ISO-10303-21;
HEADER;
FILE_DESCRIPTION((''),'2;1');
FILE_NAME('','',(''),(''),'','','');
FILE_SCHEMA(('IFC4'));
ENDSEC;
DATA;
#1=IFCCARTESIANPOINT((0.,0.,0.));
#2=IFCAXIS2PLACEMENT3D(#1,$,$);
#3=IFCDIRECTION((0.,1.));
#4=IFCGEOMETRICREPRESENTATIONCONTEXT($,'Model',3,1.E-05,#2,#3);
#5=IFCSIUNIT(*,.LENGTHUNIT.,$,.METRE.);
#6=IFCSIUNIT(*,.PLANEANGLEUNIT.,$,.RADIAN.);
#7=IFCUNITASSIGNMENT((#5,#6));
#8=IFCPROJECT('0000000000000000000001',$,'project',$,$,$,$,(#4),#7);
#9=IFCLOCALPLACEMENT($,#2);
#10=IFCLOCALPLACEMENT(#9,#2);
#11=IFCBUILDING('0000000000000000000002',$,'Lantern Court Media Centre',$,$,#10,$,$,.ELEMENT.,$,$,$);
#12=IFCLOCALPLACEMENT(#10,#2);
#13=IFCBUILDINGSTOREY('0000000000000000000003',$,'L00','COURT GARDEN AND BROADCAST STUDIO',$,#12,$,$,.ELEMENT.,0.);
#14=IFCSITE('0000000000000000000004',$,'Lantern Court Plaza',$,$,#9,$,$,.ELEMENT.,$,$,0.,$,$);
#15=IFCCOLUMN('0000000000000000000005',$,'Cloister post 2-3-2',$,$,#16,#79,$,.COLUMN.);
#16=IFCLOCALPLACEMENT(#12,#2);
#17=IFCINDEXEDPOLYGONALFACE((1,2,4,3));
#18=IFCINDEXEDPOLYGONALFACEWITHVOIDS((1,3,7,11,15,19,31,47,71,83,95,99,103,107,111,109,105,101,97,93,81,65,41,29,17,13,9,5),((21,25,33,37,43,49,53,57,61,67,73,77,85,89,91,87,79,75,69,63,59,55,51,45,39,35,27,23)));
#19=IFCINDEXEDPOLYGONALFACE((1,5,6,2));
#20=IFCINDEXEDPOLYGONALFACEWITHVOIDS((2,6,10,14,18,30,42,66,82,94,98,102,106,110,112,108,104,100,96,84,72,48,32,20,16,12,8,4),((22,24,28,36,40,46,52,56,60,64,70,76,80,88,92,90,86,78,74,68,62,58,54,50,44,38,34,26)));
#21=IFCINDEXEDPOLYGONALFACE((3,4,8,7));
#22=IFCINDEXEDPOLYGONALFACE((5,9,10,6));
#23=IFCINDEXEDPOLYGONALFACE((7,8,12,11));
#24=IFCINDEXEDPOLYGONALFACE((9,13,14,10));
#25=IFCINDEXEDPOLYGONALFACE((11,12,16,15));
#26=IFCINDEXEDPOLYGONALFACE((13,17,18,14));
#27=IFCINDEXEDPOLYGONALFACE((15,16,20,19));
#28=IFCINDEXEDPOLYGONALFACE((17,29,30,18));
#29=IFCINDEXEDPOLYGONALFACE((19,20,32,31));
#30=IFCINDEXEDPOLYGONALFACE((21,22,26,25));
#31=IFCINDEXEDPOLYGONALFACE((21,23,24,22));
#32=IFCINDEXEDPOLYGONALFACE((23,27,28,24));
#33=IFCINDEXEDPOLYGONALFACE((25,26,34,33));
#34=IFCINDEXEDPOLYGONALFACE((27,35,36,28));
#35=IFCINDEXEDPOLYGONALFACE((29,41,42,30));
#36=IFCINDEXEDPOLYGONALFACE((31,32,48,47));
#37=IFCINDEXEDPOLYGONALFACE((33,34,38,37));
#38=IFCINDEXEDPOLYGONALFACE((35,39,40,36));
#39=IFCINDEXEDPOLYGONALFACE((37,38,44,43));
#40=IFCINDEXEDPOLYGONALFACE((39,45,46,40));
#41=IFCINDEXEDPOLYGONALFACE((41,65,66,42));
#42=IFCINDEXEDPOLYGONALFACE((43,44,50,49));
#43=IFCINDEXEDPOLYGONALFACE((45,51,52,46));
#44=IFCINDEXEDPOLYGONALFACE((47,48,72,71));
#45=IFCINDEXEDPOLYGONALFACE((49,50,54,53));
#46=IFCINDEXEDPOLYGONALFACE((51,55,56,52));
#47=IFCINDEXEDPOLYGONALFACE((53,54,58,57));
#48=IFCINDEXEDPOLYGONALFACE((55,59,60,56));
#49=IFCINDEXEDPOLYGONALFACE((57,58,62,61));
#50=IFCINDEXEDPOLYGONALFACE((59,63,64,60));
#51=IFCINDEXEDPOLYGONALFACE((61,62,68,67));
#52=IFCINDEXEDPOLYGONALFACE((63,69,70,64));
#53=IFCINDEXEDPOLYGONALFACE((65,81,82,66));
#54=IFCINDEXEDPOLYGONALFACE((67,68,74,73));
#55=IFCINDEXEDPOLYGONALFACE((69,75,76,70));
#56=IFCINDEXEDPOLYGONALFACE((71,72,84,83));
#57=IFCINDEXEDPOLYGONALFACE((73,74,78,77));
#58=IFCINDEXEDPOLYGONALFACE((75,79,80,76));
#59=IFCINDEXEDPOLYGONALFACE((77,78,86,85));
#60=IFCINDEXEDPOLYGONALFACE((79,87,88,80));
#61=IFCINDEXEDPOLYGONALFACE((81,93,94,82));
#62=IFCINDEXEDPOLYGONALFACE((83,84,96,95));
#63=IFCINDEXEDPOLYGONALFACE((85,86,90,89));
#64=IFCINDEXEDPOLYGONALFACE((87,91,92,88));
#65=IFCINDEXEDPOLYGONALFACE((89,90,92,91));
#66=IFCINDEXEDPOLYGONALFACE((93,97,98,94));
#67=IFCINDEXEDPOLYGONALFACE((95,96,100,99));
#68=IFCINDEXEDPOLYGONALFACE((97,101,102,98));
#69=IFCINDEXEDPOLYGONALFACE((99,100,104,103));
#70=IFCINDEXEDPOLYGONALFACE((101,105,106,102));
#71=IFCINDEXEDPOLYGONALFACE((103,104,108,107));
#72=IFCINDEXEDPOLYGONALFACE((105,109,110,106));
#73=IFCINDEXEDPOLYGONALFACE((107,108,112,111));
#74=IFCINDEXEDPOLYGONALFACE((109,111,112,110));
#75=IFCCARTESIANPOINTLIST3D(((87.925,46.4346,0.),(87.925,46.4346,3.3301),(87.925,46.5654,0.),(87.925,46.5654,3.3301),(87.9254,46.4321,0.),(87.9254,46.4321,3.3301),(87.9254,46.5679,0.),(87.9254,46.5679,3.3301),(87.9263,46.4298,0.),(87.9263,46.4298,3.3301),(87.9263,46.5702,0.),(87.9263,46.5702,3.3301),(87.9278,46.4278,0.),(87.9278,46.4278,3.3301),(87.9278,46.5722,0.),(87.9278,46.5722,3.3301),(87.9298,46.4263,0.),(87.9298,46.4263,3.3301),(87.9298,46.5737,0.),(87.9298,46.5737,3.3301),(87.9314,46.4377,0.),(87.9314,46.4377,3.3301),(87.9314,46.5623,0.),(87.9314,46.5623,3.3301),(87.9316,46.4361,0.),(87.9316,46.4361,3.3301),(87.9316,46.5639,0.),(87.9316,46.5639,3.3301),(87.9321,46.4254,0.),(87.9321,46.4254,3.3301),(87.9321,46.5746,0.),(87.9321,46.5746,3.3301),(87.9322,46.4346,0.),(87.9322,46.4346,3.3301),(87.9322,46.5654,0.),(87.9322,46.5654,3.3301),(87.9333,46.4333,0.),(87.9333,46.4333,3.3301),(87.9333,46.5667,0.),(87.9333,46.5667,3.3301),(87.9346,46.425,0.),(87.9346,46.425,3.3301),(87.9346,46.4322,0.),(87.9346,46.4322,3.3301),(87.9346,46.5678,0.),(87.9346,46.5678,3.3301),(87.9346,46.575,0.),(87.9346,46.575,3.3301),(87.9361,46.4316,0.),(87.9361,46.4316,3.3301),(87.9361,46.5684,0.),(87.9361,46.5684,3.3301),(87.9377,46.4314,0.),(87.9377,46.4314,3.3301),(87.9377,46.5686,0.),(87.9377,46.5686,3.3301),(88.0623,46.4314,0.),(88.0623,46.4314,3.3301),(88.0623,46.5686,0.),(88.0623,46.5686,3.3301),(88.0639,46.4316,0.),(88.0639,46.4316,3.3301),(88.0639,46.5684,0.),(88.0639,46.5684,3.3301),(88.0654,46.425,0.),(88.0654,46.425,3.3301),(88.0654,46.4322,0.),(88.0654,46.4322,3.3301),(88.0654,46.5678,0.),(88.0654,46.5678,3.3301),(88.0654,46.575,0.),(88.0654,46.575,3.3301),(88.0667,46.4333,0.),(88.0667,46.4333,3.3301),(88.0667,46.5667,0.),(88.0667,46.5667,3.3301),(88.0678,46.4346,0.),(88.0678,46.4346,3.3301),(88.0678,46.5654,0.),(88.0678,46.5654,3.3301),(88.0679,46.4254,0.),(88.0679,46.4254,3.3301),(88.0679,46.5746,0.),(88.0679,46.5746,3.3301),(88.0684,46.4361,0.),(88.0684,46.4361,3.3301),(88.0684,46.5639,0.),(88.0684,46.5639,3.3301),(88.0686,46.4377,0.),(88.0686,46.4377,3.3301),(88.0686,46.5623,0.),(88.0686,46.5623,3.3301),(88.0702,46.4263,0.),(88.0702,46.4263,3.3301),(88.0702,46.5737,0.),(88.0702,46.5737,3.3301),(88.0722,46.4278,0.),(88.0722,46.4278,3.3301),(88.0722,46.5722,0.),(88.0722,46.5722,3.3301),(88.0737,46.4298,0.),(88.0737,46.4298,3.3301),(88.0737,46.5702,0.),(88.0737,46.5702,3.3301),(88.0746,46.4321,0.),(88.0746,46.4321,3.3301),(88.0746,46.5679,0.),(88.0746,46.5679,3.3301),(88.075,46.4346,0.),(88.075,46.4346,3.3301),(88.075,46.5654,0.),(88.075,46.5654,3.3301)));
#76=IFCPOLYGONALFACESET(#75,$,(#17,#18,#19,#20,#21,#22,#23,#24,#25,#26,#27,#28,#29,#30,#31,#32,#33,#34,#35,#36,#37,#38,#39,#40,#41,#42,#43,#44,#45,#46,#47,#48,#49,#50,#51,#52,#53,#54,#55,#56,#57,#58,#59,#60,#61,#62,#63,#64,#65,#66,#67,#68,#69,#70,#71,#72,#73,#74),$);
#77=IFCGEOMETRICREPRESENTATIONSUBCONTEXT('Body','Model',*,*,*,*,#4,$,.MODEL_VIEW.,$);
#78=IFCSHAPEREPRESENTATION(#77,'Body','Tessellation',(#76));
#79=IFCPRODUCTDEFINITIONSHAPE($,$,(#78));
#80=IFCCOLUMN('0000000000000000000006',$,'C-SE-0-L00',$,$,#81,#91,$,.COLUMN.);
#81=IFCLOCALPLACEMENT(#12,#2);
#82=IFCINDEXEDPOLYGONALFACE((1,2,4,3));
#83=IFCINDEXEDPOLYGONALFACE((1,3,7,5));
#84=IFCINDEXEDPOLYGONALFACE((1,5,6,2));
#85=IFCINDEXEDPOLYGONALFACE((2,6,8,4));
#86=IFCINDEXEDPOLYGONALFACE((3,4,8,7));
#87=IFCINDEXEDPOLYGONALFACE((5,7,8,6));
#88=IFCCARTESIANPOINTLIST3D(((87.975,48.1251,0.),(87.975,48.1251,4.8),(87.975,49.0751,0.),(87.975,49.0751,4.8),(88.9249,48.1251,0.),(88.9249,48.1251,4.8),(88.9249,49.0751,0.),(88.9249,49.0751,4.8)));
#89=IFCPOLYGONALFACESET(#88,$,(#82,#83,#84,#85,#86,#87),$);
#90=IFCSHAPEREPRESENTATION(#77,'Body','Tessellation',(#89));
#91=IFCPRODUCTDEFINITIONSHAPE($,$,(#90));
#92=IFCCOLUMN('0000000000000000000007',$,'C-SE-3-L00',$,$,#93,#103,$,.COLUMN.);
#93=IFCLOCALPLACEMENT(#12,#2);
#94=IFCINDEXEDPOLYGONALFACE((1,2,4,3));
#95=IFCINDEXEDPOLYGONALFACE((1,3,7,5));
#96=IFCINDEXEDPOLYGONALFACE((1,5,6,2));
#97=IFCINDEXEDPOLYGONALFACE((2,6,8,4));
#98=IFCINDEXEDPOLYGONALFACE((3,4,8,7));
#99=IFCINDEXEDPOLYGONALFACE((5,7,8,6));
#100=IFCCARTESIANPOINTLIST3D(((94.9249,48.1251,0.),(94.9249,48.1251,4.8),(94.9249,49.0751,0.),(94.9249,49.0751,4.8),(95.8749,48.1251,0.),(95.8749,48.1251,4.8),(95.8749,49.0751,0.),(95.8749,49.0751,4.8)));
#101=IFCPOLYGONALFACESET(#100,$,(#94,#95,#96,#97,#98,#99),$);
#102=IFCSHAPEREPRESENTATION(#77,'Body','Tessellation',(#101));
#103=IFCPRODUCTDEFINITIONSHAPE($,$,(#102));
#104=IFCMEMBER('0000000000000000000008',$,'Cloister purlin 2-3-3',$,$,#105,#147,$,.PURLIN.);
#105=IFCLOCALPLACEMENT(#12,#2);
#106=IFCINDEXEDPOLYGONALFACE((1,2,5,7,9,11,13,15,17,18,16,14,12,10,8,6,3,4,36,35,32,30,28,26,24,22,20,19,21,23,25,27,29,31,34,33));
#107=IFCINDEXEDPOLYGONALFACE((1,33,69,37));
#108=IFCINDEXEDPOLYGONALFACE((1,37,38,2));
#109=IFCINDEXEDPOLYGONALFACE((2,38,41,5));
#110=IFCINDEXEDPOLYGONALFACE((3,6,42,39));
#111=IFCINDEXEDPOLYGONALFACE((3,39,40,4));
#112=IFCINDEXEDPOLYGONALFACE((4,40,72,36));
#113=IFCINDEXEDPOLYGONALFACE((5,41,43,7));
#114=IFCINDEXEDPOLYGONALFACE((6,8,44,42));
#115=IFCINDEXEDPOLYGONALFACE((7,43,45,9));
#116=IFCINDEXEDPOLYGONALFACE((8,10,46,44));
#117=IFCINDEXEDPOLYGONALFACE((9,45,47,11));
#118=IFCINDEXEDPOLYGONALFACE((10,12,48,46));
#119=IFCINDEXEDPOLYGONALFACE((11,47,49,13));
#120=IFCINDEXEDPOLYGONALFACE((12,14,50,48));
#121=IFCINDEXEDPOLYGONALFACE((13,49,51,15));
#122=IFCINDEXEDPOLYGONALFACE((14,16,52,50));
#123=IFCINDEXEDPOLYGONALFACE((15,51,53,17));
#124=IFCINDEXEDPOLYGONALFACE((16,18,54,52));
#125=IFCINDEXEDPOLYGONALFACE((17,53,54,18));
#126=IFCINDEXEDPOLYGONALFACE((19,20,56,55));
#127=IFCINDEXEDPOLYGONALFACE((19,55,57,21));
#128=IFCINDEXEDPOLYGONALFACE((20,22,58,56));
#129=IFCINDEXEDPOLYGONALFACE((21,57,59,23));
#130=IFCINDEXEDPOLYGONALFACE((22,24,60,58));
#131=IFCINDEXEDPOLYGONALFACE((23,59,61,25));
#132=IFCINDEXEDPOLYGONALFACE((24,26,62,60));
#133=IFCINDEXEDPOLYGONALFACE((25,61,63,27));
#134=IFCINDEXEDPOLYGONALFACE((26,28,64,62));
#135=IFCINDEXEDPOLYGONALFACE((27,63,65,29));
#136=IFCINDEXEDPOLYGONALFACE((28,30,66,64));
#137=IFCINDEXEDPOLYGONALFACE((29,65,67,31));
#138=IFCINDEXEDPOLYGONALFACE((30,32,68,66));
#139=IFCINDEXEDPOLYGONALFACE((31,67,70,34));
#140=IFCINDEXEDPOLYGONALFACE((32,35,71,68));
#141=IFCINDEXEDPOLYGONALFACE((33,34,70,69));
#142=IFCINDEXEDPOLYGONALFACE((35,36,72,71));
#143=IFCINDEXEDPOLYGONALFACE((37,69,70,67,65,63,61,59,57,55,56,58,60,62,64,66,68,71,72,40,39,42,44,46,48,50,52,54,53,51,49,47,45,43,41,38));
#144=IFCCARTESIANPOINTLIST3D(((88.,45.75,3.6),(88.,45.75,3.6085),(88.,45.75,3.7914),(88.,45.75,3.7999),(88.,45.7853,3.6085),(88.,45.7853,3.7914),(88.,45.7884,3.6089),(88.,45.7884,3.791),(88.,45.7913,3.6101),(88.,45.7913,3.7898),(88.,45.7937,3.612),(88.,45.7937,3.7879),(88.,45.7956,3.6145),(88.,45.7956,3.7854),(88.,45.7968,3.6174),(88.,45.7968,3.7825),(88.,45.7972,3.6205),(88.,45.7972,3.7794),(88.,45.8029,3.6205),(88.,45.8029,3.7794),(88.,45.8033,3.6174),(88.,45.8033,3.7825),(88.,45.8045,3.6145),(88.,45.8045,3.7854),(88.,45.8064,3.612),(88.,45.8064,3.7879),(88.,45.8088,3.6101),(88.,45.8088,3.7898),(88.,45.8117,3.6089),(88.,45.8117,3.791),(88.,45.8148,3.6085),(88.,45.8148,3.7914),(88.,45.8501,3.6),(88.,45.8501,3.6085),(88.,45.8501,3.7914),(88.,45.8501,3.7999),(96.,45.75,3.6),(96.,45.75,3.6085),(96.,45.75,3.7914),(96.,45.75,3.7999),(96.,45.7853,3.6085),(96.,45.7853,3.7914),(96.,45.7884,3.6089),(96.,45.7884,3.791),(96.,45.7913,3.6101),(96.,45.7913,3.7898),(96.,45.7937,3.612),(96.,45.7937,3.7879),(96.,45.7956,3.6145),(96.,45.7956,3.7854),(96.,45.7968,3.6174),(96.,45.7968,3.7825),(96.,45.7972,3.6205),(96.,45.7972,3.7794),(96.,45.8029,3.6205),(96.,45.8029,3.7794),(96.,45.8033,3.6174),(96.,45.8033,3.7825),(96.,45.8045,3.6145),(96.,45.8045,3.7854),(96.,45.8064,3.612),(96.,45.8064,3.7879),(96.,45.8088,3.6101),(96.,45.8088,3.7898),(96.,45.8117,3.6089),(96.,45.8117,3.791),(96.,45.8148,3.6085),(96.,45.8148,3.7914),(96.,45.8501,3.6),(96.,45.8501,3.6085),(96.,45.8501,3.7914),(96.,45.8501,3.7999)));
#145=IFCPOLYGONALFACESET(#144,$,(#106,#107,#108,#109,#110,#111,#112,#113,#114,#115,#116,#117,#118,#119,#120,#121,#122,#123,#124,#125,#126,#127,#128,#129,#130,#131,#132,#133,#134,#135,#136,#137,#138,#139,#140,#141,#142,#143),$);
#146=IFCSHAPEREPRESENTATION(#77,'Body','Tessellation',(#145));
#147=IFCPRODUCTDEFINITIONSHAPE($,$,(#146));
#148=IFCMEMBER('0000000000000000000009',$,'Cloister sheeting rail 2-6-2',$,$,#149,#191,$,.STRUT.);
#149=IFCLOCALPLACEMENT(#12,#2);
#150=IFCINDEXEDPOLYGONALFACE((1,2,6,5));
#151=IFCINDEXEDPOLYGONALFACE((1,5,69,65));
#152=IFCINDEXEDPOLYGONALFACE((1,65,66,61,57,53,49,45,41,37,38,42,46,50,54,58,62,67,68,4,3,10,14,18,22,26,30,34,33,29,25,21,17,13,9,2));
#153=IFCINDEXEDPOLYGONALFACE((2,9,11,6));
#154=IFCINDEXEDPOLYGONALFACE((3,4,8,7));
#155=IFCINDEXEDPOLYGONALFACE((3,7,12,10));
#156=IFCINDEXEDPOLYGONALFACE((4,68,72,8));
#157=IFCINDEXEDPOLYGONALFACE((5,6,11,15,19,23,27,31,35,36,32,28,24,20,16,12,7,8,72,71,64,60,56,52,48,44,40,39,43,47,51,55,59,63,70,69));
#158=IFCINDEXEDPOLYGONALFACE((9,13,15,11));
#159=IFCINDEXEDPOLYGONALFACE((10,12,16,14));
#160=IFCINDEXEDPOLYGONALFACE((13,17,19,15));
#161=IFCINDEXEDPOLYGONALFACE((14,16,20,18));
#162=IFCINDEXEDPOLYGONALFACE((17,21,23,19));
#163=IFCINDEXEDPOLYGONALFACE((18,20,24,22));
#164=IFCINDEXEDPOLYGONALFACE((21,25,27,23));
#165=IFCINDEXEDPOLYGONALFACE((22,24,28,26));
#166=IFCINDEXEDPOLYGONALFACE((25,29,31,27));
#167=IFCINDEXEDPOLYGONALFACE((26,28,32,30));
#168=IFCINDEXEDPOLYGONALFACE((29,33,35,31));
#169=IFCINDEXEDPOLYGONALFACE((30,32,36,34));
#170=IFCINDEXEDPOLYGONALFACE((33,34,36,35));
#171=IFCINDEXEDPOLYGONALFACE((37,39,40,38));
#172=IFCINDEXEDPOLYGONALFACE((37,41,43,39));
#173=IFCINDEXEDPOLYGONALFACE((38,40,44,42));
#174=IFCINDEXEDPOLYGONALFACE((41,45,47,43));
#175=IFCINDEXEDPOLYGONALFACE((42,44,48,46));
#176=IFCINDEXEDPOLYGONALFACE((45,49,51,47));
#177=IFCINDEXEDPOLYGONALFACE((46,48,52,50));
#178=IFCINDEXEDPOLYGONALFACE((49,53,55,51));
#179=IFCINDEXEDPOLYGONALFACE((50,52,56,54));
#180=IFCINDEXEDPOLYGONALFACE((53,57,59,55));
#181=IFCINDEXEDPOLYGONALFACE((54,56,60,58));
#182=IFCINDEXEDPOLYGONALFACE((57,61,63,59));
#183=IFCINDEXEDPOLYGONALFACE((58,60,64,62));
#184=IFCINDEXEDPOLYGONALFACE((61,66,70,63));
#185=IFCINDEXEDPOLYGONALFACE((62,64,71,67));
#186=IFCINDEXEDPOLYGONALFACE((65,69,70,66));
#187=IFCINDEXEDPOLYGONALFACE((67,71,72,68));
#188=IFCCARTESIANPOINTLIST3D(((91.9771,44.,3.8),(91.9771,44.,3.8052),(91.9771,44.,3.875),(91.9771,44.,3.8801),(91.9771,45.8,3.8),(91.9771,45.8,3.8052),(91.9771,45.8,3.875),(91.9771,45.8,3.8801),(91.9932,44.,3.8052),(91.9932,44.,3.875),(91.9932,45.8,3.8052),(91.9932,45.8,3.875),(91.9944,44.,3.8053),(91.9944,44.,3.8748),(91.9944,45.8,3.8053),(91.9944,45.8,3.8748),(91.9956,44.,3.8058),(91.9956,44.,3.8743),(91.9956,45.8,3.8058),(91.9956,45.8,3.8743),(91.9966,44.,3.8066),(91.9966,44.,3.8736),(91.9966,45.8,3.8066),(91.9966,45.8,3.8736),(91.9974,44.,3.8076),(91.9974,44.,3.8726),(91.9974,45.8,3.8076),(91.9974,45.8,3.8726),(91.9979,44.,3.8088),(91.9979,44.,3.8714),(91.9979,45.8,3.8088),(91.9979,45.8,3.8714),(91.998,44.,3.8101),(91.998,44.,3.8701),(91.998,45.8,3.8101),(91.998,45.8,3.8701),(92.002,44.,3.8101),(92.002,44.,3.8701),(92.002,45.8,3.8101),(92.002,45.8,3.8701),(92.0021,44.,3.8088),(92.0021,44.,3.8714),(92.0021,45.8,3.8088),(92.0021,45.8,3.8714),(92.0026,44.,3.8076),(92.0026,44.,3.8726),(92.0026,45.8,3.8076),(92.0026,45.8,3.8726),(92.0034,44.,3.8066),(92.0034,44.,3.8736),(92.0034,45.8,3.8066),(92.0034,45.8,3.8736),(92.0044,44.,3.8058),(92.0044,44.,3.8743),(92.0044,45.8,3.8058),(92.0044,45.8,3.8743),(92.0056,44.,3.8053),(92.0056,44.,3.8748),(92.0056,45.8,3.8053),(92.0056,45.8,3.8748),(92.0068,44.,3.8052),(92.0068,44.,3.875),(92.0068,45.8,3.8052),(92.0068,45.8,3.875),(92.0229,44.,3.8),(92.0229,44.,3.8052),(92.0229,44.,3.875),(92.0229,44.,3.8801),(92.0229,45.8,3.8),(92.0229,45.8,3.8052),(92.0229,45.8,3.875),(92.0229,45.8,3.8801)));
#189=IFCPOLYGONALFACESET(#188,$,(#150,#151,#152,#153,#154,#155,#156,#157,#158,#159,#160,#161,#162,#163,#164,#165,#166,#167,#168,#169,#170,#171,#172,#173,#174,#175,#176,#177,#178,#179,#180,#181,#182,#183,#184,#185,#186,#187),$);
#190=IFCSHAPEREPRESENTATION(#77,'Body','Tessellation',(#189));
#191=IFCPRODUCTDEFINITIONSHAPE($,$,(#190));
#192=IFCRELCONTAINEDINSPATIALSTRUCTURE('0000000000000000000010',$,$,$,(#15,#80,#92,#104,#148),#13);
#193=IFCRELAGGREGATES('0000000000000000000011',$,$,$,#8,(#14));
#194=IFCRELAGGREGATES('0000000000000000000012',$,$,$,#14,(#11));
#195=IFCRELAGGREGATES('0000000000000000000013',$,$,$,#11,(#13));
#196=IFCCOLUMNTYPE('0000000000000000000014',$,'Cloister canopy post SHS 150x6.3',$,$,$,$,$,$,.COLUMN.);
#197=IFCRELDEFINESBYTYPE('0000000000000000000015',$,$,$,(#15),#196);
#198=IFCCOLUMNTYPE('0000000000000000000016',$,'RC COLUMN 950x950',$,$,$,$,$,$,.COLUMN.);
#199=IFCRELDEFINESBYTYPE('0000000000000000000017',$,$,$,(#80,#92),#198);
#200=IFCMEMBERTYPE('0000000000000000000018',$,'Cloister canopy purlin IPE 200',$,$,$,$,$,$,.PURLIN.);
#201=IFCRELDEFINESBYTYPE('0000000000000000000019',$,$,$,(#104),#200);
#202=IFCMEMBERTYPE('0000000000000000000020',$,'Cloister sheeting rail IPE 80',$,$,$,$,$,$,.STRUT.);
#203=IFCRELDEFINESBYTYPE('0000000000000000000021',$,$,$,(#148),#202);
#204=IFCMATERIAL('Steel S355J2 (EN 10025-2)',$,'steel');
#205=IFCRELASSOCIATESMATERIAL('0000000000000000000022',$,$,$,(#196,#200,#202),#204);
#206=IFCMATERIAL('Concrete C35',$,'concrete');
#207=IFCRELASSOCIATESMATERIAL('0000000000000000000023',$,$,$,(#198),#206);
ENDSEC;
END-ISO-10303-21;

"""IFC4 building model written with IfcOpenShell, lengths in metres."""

from ifc_helpers import new_model, si_unit, direction, frame, origin, origin_2d, place, context, subcontext, project, spatial, rectangle, hollow_rectangle, i_section, extrude, material, material_profile, profile_set, type_object, element, save


model = new_model("IFC4")

# Units and contexts
model_context = context("Model", 3, precision=1e-05, world=origin(), true_north=direction((0.0, 1.0)))
body_context = subcontext(model_context, "Body", "Model", "MODEL_VIEW")
ifc_project = project(units=[si_unit("LENGTHUNIT", "METRE"), si_unit("PLANEANGLEUNIT", "RADIAN")], contexts=[model_context])

# Site, building, storey
site_placement = place(None, origin())
site = spatial("IfcSite", under=ifc_project, at=site_placement, Name="Lantern Court Plaza", CompositionType="ELEMENT", RefElevation=0.0)
building_placement = place(site_placement, origin())
building = spatial("IfcBuilding", under=site, at=building_placement, Name="Lantern Court Media Centre", CompositionType="ELEMENT")
storey_placement = place(building_placement, origin())
storey = spatial("IfcBuildingStorey", under=building, at=storey_placement, Name="L00", Description="COURT GARDEN AND BROADCAST STUDIO", CompositionType="ELEMENT", Elevation=0.0)

# Columns
ifc_material_1 = material(Name="Steel S355J2 (EN 10025-2)", Category="steel")
ifc_material_profile_1 = material_profile(ifc_material_1, hollow_rectangle(XDim=0.1499, YDim=0.1499, WallThickness=0.0063, InnerFilletRadius=0.0063, OuterFilletRadius=0.0095, at=origin_2d()), Name="Cloister canopy post SHS 150x6.3")
ifc_profile_set_1 = profile_set([ifc_material_profile_1], Name="Steel S355J2 (EN 10025-2)")
column_type_1 = type_object("IfcColumnType", Name="Cloister canopy post SHS 150x6.3", PredefinedType="COLUMN", material=ifc_profile_set_1)
column_placement = place(storey_placement, frame((88.0, 46.5, 0.0), z_axis=(0.0, 0.0, 1.0), x_axis=(1.0, 0.0, 0.0)))
element("IfcColumn", 1, at=column_placement, inside=storey, type_object=column_type_1, Name="Cloister post 2-3-2", PredefinedType="COLUMN", context=body_context, shape_type="SweptSolid", body=[
    extrude(hollow_rectangle(XDim=0.1499, YDim=0.1499, WallThickness=0.0063, InnerFilletRadius=0.0063, OuterFilletRadius=0.0095, at=origin_2d()), origin(), (0.0, 0.0, 1.0), 3.3301),
])
ifc_material_2 = material(Name="Concrete C35", Category="concrete")
ifc_material_profile_2 = material_profile(ifc_material_2, rectangle(XDim=0.95, YDim=0.95, at=origin_2d()), Name="RC 950x950")
ifc_profile_set_2 = profile_set([ifc_material_profile_2], Name="Concrete C35")
column_type_2 = type_object("IfcColumnType", Name="RC COLUMN 950x950", PredefinedType="COLUMN", material=ifc_profile_set_2)
for number, where, z_axis, x_axis, name in (
    (2, (88.45, 48.6001, 0.0), (0.0, 0.0, 1.0), (1.0, 0.0, 0.0), "C-SE-0-L00"),
    (3, (95.3999, 48.6001, 0.0), (0.0, 0.0, 1.0), (1.0, 0.0, 0.0), "C-SE-3-L00"),
):
    element("IfcColumn", number, at=place(storey_placement, frame(where, z_axis=z_axis, x_axis=x_axis)), inside=storey, type_object=column_type_2, Name=name, PredefinedType="COLUMN", context=body_context, shape_type="SweptSolid", body=[
        extrude(rectangle(XDim=0.95, YDim=0.95, at=origin_2d()), origin(), (0.0, 0.0, 1.0), 4.8),
    ])

# Members
ifc_material_profile_3 = material_profile(ifc_material_1, i_section(OverallWidth=0.1001, OverallDepth=0.2, WebThickness=0.0056, FlangeThickness=0.0085, FilletRadius=0.012, at=origin_2d()), Name="IPE 200")
ifc_profile_set_3 = profile_set([ifc_material_profile_3], Name="Steel S355J2 (EN 10025-2)")
member_type_1 = type_object("IfcMemberType", Name="Cloister canopy purlin IPE 200", PredefinedType="PURLIN", material=ifc_profile_set_3)
member_1_placement = place(storey_placement, frame((88.0, 45.8, 3.7), z_axis=(1.0, 0.0, 0.0), x_axis=(0.0, 1.0, 0.0)))
element("IfcMember", 4, at=member_1_placement, inside=storey, type_object=member_type_1, Name="Cloister purlin 2-3-3", PredefinedType="PURLIN", context=body_context, shape_type="SweptSolid", body=[
    extrude(i_section(OverallWidth=0.1001, OverallDepth=0.2, WebThickness=0.0056, FlangeThickness=0.0085, FilletRadius=0.012, at=origin_2d()), origin(), (0.0, 0.0, 1.0), 8.0),
])
ifc_material_profile_4 = material_profile(ifc_material_1, i_section(OverallWidth=0.0459, OverallDepth=0.0801, WebThickness=0.0039, FlangeThickness=0.0051, FilletRadius=0.0049, at=origin_2d()), Name="IPE 80")
ifc_profile_set_4 = profile_set([ifc_material_profile_4], Name="Steel S355J2 (EN 10025-2)")
member_type_2 = type_object("IfcMemberType", Name="Cloister sheeting rail IPE 80", PredefinedType="STRUT", material=ifc_profile_set_4)
member_2_placement = place(storey_placement, frame((92.0, 44.0, 3.8401), z_axis=(0.0, 1.0, 0.0), x_axis=(-1.0, 0.0, 0.0)))
element("IfcMember", 5, at=member_2_placement, inside=storey, type_object=member_type_2, Name="Cloister sheeting rail 2-6-2", PredefinedType="STRUT", context=body_context, shape_type="SweptSolid", body=[
    extrude(i_section(OverallWidth=0.0459, OverallDepth=0.0801, WebThickness=0.0039, FlangeThickness=0.0051, FilletRadius=0.0049, at=origin_2d()), origin(), (0.0, 0.0, 1.0), 1.8),
])

save(model, "model.ifc")
